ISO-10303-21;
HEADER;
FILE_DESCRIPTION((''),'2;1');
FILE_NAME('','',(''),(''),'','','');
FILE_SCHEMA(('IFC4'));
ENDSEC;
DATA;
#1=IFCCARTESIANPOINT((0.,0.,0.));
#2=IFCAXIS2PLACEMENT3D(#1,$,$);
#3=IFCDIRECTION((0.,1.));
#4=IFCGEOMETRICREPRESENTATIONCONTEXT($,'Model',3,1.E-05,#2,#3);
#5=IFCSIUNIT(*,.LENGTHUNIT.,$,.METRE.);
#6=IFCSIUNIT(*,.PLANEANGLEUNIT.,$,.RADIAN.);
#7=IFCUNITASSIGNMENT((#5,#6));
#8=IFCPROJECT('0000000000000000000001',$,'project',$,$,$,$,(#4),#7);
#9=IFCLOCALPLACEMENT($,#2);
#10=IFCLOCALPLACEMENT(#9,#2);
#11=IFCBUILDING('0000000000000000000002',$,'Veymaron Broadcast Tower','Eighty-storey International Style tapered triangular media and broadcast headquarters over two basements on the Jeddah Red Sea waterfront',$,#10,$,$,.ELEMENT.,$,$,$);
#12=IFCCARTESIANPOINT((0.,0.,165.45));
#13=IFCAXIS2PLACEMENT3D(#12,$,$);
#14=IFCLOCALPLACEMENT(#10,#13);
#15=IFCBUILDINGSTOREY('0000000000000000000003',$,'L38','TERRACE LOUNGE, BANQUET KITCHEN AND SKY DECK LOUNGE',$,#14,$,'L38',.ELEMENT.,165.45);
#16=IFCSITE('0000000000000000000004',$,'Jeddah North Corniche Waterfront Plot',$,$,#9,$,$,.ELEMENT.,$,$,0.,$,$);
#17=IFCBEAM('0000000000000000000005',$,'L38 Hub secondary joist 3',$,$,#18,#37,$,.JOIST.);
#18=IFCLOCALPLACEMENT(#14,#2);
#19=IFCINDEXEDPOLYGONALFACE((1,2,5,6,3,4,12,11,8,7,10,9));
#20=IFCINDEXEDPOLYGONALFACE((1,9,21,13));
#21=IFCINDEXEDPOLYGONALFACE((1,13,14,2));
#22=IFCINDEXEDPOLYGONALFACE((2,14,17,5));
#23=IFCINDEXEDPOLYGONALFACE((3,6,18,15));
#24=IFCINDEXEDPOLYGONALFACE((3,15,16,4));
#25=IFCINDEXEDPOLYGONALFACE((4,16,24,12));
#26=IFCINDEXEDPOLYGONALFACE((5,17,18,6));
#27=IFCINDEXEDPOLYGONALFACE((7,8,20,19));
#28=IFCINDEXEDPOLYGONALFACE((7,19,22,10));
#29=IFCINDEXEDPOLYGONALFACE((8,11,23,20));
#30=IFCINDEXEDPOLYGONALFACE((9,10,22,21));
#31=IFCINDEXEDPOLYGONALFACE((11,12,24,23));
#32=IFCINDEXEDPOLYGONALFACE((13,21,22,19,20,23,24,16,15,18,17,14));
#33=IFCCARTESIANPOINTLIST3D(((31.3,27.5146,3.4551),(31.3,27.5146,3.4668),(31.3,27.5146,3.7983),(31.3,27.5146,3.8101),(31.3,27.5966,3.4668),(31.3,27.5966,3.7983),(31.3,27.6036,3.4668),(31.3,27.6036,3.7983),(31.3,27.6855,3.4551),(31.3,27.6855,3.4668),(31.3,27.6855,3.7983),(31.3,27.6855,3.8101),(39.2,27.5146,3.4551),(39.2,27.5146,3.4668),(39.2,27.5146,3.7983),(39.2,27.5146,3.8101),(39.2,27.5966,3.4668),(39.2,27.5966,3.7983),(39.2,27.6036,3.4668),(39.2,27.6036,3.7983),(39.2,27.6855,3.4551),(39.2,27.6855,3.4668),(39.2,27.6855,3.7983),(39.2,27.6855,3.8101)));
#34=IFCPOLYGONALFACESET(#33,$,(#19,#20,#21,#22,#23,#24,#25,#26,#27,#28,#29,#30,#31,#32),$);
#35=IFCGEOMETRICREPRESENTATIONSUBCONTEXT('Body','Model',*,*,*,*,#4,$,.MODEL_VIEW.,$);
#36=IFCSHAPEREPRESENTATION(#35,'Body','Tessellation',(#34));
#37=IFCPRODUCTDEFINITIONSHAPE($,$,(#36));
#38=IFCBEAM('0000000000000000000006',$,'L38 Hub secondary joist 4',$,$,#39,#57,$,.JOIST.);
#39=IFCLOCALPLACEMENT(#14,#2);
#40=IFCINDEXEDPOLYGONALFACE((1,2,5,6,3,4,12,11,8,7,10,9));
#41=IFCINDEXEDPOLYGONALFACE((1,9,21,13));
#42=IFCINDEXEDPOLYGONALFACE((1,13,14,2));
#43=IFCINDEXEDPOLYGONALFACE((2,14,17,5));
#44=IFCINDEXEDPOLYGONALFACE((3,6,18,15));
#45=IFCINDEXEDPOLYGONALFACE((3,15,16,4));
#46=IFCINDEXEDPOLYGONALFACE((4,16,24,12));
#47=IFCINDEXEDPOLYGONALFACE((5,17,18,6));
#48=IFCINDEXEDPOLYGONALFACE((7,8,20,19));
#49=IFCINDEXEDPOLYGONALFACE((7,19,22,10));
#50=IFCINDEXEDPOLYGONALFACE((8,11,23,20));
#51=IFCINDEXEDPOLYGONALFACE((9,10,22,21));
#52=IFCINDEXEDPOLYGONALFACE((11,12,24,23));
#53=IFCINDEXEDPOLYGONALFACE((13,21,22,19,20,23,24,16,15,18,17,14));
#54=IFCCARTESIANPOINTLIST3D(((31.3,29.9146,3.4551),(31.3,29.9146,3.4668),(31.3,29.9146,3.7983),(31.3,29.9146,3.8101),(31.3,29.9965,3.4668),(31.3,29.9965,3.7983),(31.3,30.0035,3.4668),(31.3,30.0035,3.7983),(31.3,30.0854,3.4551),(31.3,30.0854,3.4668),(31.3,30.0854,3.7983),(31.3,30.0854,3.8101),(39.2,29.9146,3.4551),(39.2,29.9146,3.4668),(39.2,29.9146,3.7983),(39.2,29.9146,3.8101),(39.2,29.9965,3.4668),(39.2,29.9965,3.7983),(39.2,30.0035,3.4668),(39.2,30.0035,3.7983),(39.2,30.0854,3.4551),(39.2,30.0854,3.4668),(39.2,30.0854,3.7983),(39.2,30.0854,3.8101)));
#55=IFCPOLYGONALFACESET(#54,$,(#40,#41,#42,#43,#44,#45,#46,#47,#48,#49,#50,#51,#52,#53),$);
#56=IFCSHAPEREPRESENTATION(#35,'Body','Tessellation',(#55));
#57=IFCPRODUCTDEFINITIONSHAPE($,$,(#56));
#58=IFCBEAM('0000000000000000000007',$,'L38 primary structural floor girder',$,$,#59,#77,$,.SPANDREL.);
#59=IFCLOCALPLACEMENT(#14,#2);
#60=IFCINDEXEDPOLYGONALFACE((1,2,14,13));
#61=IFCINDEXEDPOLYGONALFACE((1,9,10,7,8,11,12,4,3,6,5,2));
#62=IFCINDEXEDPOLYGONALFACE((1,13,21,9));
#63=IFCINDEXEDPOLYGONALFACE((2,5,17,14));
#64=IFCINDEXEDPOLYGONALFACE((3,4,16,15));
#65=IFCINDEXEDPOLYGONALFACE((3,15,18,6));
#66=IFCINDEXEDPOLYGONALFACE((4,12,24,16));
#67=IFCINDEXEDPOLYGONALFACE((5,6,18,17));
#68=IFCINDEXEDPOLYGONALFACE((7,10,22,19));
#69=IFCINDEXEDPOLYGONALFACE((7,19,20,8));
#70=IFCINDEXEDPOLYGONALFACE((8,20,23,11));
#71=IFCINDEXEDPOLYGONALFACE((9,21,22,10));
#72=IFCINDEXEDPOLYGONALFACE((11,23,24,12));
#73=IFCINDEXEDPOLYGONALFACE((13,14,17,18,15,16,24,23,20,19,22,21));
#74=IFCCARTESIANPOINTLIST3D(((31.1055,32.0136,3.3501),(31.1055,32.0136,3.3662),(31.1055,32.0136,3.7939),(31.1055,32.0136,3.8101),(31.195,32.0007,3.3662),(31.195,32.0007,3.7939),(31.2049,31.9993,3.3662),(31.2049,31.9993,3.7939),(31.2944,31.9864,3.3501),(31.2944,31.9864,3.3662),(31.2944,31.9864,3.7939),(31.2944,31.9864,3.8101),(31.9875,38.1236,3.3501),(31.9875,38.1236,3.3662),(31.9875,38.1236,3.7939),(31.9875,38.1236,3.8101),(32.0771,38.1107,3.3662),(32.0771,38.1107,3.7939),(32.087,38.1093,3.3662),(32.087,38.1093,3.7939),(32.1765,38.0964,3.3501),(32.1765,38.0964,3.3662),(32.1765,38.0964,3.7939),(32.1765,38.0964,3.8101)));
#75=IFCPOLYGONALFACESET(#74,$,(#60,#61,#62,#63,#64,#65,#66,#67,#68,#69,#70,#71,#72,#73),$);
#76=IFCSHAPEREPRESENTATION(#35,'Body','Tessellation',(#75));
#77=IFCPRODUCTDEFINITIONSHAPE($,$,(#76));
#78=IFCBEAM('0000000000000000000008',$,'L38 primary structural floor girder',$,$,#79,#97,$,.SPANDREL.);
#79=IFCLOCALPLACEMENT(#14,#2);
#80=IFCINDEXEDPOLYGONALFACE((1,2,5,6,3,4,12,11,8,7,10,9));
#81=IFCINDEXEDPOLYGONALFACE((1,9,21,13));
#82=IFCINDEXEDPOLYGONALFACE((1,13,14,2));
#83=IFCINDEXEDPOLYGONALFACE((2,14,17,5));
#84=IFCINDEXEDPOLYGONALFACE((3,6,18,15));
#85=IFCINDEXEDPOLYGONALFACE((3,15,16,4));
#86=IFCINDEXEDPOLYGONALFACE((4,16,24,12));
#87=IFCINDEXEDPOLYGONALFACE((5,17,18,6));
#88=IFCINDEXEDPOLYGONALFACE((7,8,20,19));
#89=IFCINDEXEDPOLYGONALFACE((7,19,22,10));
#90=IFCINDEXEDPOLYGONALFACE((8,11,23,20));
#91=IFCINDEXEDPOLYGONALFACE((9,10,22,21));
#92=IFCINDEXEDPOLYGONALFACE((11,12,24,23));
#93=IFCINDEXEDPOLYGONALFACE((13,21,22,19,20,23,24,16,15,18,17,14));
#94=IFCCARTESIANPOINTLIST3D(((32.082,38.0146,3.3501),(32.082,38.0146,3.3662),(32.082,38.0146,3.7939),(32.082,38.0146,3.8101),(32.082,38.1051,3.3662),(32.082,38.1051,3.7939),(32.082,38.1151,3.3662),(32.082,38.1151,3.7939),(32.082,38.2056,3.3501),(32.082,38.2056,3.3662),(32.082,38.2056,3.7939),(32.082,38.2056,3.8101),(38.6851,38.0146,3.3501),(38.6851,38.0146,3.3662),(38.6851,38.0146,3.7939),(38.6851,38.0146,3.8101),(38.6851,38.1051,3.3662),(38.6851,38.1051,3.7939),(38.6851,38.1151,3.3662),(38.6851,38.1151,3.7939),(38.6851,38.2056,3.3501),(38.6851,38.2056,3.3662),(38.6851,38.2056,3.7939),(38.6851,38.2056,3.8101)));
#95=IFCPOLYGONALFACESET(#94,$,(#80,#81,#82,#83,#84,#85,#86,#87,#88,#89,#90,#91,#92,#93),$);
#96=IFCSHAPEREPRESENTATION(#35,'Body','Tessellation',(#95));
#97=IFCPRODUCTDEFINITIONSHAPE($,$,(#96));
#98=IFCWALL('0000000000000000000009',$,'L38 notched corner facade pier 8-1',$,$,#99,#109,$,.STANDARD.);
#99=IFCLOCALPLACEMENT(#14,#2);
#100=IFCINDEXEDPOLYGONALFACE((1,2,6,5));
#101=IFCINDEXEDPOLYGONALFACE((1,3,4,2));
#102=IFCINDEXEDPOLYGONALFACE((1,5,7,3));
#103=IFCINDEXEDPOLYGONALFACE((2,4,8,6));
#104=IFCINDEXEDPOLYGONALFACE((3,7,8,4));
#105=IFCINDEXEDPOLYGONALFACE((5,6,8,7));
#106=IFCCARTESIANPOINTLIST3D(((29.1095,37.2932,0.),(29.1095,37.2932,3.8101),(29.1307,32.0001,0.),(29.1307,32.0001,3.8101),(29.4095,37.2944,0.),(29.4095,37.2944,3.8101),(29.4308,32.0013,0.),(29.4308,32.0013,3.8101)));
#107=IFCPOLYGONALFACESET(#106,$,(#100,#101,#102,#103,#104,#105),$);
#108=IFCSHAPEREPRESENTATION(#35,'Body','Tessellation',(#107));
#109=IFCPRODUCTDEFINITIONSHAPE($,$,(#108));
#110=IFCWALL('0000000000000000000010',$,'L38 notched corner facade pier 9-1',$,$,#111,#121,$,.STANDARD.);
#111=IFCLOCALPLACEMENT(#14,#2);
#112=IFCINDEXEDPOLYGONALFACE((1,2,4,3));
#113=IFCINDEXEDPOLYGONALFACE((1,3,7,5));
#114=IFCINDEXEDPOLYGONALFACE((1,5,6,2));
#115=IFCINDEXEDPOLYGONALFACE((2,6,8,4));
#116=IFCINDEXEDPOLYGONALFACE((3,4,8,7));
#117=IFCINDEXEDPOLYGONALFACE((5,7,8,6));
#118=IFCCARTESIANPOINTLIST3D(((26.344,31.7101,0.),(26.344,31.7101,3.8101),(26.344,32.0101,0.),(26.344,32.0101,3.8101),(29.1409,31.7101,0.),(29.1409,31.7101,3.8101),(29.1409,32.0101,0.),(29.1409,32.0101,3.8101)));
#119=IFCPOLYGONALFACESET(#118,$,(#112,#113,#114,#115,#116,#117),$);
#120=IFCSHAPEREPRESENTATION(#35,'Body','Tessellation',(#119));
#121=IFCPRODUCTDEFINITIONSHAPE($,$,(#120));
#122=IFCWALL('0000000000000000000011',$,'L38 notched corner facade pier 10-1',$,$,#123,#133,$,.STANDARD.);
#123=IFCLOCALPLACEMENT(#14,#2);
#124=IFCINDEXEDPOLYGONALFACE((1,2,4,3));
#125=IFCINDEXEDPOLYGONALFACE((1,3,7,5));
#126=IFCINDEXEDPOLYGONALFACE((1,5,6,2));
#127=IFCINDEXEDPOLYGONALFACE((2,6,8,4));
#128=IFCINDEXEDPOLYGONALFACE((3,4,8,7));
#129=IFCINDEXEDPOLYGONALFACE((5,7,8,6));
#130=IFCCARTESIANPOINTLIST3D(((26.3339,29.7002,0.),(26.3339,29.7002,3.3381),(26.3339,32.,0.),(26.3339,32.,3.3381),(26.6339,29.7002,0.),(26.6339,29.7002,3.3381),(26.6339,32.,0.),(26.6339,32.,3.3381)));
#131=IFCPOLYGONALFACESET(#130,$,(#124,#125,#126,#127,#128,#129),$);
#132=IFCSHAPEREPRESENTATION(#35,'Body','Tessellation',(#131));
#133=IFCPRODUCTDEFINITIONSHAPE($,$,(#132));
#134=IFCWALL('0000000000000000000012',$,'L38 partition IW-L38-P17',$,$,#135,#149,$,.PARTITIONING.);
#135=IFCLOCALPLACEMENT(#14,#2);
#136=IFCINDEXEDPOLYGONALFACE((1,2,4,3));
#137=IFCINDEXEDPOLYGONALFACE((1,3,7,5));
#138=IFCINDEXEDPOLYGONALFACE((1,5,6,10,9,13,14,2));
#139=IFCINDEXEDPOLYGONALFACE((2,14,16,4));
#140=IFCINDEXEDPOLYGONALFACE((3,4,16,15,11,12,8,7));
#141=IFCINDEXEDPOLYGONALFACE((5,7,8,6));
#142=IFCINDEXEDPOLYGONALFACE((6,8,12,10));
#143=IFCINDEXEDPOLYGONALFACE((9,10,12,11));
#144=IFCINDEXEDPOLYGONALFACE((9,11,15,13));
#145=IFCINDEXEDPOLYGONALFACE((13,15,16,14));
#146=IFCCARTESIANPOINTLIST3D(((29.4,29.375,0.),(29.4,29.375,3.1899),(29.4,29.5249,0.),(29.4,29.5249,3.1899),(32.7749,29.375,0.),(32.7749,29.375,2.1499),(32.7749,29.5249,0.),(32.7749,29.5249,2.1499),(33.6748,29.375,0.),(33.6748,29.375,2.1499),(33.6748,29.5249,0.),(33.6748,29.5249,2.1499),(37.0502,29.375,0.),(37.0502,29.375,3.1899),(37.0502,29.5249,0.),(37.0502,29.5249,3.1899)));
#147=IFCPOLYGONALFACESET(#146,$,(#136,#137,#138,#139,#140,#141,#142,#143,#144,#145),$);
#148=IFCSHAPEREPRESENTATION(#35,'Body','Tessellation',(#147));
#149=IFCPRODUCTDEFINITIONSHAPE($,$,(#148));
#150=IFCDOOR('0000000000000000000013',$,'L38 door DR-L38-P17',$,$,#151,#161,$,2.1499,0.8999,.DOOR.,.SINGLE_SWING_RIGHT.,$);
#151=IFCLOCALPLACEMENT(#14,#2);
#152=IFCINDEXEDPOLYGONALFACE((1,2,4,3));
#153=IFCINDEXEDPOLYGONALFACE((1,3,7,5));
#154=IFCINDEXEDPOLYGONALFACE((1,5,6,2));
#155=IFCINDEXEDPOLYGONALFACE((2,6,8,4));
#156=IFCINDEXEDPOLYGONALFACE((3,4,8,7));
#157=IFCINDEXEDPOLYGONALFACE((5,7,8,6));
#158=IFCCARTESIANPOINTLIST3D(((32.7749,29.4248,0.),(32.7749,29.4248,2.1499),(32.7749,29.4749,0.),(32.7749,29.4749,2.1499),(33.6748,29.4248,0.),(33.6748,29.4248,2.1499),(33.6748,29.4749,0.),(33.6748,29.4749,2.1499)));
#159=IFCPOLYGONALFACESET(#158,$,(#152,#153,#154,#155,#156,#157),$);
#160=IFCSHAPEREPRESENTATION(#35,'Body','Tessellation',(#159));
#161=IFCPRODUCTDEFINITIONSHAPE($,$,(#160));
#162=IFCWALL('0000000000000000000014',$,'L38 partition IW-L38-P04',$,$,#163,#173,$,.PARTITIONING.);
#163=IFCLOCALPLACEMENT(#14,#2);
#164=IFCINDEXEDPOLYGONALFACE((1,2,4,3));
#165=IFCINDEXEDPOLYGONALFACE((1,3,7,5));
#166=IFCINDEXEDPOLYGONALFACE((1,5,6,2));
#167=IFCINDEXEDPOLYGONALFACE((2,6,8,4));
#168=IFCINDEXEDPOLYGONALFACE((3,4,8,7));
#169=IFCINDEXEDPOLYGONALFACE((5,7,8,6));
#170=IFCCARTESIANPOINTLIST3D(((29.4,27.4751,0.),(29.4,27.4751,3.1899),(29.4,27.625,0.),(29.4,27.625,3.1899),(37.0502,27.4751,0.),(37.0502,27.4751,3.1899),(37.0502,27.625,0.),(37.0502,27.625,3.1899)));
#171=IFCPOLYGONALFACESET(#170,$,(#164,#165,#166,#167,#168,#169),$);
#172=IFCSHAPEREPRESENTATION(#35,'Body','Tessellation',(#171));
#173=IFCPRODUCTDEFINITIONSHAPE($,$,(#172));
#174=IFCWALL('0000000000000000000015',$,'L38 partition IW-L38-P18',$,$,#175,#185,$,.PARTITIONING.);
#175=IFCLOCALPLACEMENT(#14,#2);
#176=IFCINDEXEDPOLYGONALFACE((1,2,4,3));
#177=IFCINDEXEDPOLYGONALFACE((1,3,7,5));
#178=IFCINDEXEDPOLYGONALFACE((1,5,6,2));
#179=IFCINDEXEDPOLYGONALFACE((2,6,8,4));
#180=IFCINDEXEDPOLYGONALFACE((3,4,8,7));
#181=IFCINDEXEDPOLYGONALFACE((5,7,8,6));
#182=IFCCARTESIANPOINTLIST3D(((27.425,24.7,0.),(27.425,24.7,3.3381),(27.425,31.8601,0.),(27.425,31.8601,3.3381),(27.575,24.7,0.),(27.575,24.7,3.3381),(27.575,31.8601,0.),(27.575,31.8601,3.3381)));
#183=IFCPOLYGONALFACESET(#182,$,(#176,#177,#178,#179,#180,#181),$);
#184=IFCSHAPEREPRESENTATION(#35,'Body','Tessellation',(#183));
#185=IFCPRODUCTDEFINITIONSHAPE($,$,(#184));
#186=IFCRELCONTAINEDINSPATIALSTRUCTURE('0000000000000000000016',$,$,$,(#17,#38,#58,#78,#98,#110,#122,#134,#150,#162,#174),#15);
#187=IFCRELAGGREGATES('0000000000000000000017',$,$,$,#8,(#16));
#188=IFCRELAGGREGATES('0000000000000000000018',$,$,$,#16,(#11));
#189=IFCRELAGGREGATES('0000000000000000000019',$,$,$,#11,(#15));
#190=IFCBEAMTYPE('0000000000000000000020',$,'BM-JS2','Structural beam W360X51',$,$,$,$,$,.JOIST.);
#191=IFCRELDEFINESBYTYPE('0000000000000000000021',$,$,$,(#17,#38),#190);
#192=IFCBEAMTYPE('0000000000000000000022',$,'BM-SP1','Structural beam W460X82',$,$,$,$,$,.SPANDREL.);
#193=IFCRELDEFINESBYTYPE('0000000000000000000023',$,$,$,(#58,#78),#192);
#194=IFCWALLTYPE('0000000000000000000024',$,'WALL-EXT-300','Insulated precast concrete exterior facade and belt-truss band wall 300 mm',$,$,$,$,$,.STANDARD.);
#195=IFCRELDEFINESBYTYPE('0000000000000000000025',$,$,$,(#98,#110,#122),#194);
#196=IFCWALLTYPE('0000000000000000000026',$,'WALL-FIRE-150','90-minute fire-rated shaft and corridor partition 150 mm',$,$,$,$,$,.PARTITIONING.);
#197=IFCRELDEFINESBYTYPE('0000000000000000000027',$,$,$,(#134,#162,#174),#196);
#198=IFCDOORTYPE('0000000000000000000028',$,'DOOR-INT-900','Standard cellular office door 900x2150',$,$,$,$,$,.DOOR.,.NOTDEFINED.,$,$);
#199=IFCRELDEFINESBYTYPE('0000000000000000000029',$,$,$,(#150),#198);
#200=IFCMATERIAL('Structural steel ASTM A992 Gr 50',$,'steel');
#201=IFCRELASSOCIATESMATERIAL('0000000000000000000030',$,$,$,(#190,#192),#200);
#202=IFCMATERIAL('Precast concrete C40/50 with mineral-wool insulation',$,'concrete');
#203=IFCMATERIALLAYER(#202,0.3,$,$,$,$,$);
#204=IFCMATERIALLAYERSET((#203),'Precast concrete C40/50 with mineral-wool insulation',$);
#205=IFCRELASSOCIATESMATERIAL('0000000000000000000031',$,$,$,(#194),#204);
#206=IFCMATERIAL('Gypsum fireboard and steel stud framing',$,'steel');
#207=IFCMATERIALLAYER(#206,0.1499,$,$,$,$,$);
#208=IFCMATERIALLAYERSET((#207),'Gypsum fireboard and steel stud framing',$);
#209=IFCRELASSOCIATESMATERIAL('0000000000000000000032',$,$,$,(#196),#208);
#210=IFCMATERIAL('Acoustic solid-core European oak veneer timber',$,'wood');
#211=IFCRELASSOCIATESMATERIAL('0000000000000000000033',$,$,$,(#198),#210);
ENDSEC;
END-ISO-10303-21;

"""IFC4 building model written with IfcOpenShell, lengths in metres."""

from ifc_helpers import new_model, si_unit, direction, frame, frame_2d, origin, origin_2d, place, context, subcontext, project, spatial, rectangle, i_section, extrude, material, layer, layer_set, material_profile, profile_set, type_object, element, fill, save


model = new_model("IFC4")

# Units and contexts
model_context = context("Model", 3, precision=1e-05, world=origin(), true_north=direction((0.0, 1.0)))
body_context = subcontext(model_context, "Body", "Model", "MODEL_VIEW")
ifc_project = project(units=[si_unit("LENGTHUNIT", "METRE"), si_unit("PLANEANGLEUNIT", "RADIAN")], contexts=[model_context])

# Site, building, storey
site_placement = place(None, origin())
site = spatial("IfcSite", under=ifc_project, at=site_placement, Name="Jeddah North Corniche Waterfront Plot", CompositionType="ELEMENT", RefElevation=0.0)
building_placement = place(site_placement, origin())
building = spatial("IfcBuilding", under=site, at=building_placement, Name="Veymaron Broadcast Tower", Description="Eighty-storey International Style tapered triangular media and broadcast headquarters over two basements on the Jeddah Red Sea waterfront", CompositionType="ELEMENT")
storey_placement = place(building_placement, frame((0.0, 0.0, 165.45)))
storey = spatial("IfcBuildingStorey", under=building, at=storey_placement, Name="L38", Description="TERRACE LOUNGE, BANQUET KITCHEN AND SKY DECK LOUNGE", LongName="L38", CompositionType="ELEMENT", Elevation=165.45)

# Shared definitions
ifc_material_1 = material(Name="Structural steel ASTM A992 Gr 50", Category="steel")

# Beams
ifc_material_profile_1 = material_profile(ifc_material_1, i_section(OverallWidth=0.1709, OverallDepth=0.355, WebThickness=0.0071, FlangeThickness=0.0117, at=origin_2d()), Name="W360X51")
ifc_profile_set_1 = profile_set([ifc_material_profile_1], Name="Structural steel ASTM A992 Gr 50")
beam_type_1 = type_object("IfcBeamType", Name="BM-JS2", Description="Structural beam W360X51", PredefinedType="JOIST", material=ifc_profile_set_1)
for number, where, z_axis, x_axis, name in (
    (1, (31.3, 27.6001, 3.6326), (1.0, 0.0, 0.0), (0.0, 1.0, 0.0), "L38 Hub secondary joist 3"),
    (2, (31.3, 30.0, 3.6326), (1.0, 0.0, 0.0), (0.0, 1.0, 0.0), "L38 Hub secondary joist 4"),
):
    element("IfcBeam", number, at=place(storey_placement, frame(where, z_axis=z_axis, x_axis=x_axis)), inside=storey, type_object=beam_type_1, Name=name, PredefinedType="JOIST", context=body_context, shape_type="SweptSolid", body=[
        extrude(i_section(OverallWidth=0.1709, OverallDepth=0.355, WebThickness=0.0071, FlangeThickness=0.0117, at=origin_2d()), origin(), (0.0, 0.0, 1.0), 7.8999),
    ])
ifc_material_profile_2 = material_profile(ifc_material_1, i_section(OverallWidth=0.1909, OverallDepth=0.46, WebThickness=0.01, FlangeThickness=0.0161, at=origin_2d()), Name="W460X82")
ifc_profile_set_2 = profile_set([ifc_material_profile_2], Name="Structural steel ASTM A992 Gr 50")
beam_type_2 = type_object("IfcBeamType", Name="BM-SP1", Description="Structural beam W460X82", PredefinedType="SPANDREL", material=ifc_profile_set_2)
beam_1_placement = place(storey_placement, frame((31.2, 32.0, 3.5801), z_axis=(0.142883, 0.98974, 0.0), x_axis=(-0.98974, 0.142883, 0.0)))
element("IfcBeam", 3, at=beam_1_placement, inside=storey, type_object=beam_type_2, Name="L38 primary structural floor girder", PredefinedType="SPANDREL", context=body_context, shape_type="SweptSolid", body=[
    extrude(i_section(OverallWidth=0.1909, OverallDepth=0.46, WebThickness=0.01, FlangeThickness=0.0161, at=origin_2d()), origin(), (0.0, 0.0, 1.0), 6.1733),
])
beam_2_placement = place(storey_placement, frame((32.082, 38.1101, 3.5801), z_axis=(1.0, 0.0, 0.0), x_axis=(0.0, 1.0, 0.0)))
element("IfcBeam", 4, at=beam_2_placement, inside=storey, type_object=beam_type_2, Name="L38 primary structural floor girder", PredefinedType="SPANDREL", context=body_context, shape_type="SweptSolid", body=[
    extrude(i_section(OverallWidth=0.1909, OverallDepth=0.46, WebThickness=0.01, FlangeThickness=0.0161, at=origin_2d()), origin(), (0.0, 0.0, 1.0), 6.603),
])

# Walls
ifc_material_2 = material(Name="Precast concrete C40/50 with mineral-wool insulation", Category="concrete")
ifc_layer_1 = layer(ifc_material_2, 0.3)
ifc_layer_set_1 = layer_set([ifc_layer_1], Name="Precast concrete C40/50 with mineral-wool insulation")
wall_type_1 = type_object("IfcWallType", Name="WALL-EXT-300", Description="Insulated precast concrete exterior facade and belt-truss band wall 300 mm", PredefinedType="STANDARD", material=ifc_layer_set_1)
wall_1_placement = place(storey_placement, frame((29.2595, 37.2937, 0.0), z_axis=(0.0, 0.0, 1.0), x_axis=(0.004013, -0.999992, 0.0)))
element("IfcWall", 5, at=wall_1_placement, inside=storey, type_object=wall_type_1, Name="L38 notched corner facade pier 8-1", PredefinedType="STANDARD", context=body_context, shape_type="SweptSolid", body=[
    extrude(rectangle(XDim=5.2932, YDim=0.3, at=frame_2d((2.6465, 0.0))), origin(), (0.0, 0.0, 1.0), 3.8101),
])
wall_2_placement = place(storey_placement, frame((29.1409, 31.8601, 0.0), z_axis=(0.0, 0.0, 1.0), x_axis=(-1.0, 0.0, 0.0)))
element("IfcWall", 6, at=wall_2_placement, inside=storey, type_object=wall_type_1, Name="L38 notched corner facade pier 9-1", PredefinedType="STANDARD", context=body_context, shape_type="SweptSolid", body=[
    extrude(rectangle(XDim=2.7969, YDim=0.3, at=frame_2d((1.3984, 0.0))), origin(), (0.0, 0.0, 1.0), 3.8101),
])
wall_3_placement = place(storey_placement, frame((26.4839, 32.0, 0.0), z_axis=(0.0, 0.0, 1.0), x_axis=(0.0, -1.0, 0.0)))
element("IfcWall", 7, at=wall_3_placement, inside=storey, type_object=wall_type_1, Name="L38 notched corner facade pier 10-1", PredefinedType="STANDARD", context=body_context, shape_type="SweptSolid", body=[
    extrude(rectangle(XDim=2.2998, YDim=0.3, at=frame_2d((1.1499, 0.0))), origin(), (0.0, 0.0, 1.0), 3.3381),
])

# Wall, opening, door
ifc_material_3 = material(Name="Gypsum fireboard and steel stud framing", Category="steel")
ifc_layer_2 = layer(ifc_material_3, 0.1499)
ifc_layer_set_2 = layer_set([ifc_layer_2], Name="Gypsum fireboard and steel stud framing")
wall_type_2 = type_object("IfcWallType", Name="WALL-FIRE-150", Description="90-minute fire-rated shaft and corridor partition 150 mm", PredefinedType="PARTITIONING", material=ifc_layer_set_2)
wall_4_placement = place(storey_placement, frame((29.3999, 29.45, 0.0), z_axis=(0.0, 0.0, 1.0), x_axis=(1.0, 0.0, 0.0)))
wall_4 = element("IfcWall", 8, at=wall_4_placement, inside=storey, type_object=wall_type_2, Name="L38 partition IW-L38-P17", PredefinedType="PARTITIONING", context=body_context, shape_type="SweptSolid", body=[
    extrude(rectangle(XDim=7.6501, YDim=0.1499, at=frame_2d((3.8252, 0.0))), origin(), (0.0, 0.0, 1.0), 3.1899),
])
opening_placement = place(wall_4_placement, frame((3.375, 0.0, 0.0)))
opening = element("IfcOpeningElement", 9, at=opening_placement, cuts=wall_4, PredefinedType="OPENING", context=body_context, shape_type="SweptSolid", body=[
    extrude(rectangle(XDim=0.8999, YDim=2.1499, at=frame_2d((0.45, 1.075))), frame((0.0, 0.085, 0.0), z_axis=(0.0, -1.0, 0.0), x_axis=(1.0, 0.0, 0.0)), (0.0, 0.0, 1.0), 0.1699),
])
ifc_material_4 = material(Name="Acoustic solid-core European oak veneer timber", Category="wood")
door_type = type_object("IfcDoorType", Name="DOOR-INT-900", Description="Standard cellular office door 900x2150", OperationType="NOTDEFINED", PredefinedType="DOOR", material=ifc_material_4)
door_placement = place(opening_placement, origin())
door = element("IfcDoor", 10, at=door_placement, inside=storey, type_object=door_type, Name="L38 door DR-L38-P17", OperationType="SINGLE_SWING_RIGHT", OverallHeight=2.1499, OverallWidth=0.8999, PredefinedType="DOOR", context=body_context, shape_type="SweptSolid", body=[
    extrude(rectangle(XDim=0.8999, YDim=2.1499, at=frame_2d((0.45, 1.075))), frame((0.0, 0.0249, 0.0), z_axis=(0.0, -1.0, 0.0), x_axis=(1.0, 0.0, 0.0)), (0.0, 0.0, 1.0), 0.05),
])
fill(opening, door)

# Walls
wall_5_placement = place(storey_placement, frame((29.3999, 27.55, 0.0), z_axis=(0.0, 0.0, 1.0), x_axis=(1.0, 0.0, 0.0)))
element("IfcWall", 11, at=wall_5_placement, inside=storey, type_object=wall_type_2, Name="L38 partition IW-L38-P04", PredefinedType="PARTITIONING", context=body_context, shape_type="SweptSolid", body=[
    extrude(rectangle(XDim=7.6501, YDim=0.1499, at=frame_2d((3.8252, 0.0))), origin(), (0.0, 0.0, 1.0), 3.1899),
])
wall_6_placement = place(storey_placement, frame((27.5, 24.7, 0.0), z_axis=(0.0, 0.0, 1.0), x_axis=(0.0, 1.0, 0.0)))
element("IfcWall", 12, at=wall_6_placement, inside=storey, type_object=wall_type_2, Name="L38 partition IW-L38-P18", PredefinedType="PARTITIONING", context=body_context, shape_type="SweptSolid", body=[
    extrude(rectangle(XDim=7.1602, YDim=0.1499, at=frame_2d((3.5801, 0.0))), origin(), (0.0, 0.0, 1.0), 3.3381),
])

save(model, "model.ifc")
